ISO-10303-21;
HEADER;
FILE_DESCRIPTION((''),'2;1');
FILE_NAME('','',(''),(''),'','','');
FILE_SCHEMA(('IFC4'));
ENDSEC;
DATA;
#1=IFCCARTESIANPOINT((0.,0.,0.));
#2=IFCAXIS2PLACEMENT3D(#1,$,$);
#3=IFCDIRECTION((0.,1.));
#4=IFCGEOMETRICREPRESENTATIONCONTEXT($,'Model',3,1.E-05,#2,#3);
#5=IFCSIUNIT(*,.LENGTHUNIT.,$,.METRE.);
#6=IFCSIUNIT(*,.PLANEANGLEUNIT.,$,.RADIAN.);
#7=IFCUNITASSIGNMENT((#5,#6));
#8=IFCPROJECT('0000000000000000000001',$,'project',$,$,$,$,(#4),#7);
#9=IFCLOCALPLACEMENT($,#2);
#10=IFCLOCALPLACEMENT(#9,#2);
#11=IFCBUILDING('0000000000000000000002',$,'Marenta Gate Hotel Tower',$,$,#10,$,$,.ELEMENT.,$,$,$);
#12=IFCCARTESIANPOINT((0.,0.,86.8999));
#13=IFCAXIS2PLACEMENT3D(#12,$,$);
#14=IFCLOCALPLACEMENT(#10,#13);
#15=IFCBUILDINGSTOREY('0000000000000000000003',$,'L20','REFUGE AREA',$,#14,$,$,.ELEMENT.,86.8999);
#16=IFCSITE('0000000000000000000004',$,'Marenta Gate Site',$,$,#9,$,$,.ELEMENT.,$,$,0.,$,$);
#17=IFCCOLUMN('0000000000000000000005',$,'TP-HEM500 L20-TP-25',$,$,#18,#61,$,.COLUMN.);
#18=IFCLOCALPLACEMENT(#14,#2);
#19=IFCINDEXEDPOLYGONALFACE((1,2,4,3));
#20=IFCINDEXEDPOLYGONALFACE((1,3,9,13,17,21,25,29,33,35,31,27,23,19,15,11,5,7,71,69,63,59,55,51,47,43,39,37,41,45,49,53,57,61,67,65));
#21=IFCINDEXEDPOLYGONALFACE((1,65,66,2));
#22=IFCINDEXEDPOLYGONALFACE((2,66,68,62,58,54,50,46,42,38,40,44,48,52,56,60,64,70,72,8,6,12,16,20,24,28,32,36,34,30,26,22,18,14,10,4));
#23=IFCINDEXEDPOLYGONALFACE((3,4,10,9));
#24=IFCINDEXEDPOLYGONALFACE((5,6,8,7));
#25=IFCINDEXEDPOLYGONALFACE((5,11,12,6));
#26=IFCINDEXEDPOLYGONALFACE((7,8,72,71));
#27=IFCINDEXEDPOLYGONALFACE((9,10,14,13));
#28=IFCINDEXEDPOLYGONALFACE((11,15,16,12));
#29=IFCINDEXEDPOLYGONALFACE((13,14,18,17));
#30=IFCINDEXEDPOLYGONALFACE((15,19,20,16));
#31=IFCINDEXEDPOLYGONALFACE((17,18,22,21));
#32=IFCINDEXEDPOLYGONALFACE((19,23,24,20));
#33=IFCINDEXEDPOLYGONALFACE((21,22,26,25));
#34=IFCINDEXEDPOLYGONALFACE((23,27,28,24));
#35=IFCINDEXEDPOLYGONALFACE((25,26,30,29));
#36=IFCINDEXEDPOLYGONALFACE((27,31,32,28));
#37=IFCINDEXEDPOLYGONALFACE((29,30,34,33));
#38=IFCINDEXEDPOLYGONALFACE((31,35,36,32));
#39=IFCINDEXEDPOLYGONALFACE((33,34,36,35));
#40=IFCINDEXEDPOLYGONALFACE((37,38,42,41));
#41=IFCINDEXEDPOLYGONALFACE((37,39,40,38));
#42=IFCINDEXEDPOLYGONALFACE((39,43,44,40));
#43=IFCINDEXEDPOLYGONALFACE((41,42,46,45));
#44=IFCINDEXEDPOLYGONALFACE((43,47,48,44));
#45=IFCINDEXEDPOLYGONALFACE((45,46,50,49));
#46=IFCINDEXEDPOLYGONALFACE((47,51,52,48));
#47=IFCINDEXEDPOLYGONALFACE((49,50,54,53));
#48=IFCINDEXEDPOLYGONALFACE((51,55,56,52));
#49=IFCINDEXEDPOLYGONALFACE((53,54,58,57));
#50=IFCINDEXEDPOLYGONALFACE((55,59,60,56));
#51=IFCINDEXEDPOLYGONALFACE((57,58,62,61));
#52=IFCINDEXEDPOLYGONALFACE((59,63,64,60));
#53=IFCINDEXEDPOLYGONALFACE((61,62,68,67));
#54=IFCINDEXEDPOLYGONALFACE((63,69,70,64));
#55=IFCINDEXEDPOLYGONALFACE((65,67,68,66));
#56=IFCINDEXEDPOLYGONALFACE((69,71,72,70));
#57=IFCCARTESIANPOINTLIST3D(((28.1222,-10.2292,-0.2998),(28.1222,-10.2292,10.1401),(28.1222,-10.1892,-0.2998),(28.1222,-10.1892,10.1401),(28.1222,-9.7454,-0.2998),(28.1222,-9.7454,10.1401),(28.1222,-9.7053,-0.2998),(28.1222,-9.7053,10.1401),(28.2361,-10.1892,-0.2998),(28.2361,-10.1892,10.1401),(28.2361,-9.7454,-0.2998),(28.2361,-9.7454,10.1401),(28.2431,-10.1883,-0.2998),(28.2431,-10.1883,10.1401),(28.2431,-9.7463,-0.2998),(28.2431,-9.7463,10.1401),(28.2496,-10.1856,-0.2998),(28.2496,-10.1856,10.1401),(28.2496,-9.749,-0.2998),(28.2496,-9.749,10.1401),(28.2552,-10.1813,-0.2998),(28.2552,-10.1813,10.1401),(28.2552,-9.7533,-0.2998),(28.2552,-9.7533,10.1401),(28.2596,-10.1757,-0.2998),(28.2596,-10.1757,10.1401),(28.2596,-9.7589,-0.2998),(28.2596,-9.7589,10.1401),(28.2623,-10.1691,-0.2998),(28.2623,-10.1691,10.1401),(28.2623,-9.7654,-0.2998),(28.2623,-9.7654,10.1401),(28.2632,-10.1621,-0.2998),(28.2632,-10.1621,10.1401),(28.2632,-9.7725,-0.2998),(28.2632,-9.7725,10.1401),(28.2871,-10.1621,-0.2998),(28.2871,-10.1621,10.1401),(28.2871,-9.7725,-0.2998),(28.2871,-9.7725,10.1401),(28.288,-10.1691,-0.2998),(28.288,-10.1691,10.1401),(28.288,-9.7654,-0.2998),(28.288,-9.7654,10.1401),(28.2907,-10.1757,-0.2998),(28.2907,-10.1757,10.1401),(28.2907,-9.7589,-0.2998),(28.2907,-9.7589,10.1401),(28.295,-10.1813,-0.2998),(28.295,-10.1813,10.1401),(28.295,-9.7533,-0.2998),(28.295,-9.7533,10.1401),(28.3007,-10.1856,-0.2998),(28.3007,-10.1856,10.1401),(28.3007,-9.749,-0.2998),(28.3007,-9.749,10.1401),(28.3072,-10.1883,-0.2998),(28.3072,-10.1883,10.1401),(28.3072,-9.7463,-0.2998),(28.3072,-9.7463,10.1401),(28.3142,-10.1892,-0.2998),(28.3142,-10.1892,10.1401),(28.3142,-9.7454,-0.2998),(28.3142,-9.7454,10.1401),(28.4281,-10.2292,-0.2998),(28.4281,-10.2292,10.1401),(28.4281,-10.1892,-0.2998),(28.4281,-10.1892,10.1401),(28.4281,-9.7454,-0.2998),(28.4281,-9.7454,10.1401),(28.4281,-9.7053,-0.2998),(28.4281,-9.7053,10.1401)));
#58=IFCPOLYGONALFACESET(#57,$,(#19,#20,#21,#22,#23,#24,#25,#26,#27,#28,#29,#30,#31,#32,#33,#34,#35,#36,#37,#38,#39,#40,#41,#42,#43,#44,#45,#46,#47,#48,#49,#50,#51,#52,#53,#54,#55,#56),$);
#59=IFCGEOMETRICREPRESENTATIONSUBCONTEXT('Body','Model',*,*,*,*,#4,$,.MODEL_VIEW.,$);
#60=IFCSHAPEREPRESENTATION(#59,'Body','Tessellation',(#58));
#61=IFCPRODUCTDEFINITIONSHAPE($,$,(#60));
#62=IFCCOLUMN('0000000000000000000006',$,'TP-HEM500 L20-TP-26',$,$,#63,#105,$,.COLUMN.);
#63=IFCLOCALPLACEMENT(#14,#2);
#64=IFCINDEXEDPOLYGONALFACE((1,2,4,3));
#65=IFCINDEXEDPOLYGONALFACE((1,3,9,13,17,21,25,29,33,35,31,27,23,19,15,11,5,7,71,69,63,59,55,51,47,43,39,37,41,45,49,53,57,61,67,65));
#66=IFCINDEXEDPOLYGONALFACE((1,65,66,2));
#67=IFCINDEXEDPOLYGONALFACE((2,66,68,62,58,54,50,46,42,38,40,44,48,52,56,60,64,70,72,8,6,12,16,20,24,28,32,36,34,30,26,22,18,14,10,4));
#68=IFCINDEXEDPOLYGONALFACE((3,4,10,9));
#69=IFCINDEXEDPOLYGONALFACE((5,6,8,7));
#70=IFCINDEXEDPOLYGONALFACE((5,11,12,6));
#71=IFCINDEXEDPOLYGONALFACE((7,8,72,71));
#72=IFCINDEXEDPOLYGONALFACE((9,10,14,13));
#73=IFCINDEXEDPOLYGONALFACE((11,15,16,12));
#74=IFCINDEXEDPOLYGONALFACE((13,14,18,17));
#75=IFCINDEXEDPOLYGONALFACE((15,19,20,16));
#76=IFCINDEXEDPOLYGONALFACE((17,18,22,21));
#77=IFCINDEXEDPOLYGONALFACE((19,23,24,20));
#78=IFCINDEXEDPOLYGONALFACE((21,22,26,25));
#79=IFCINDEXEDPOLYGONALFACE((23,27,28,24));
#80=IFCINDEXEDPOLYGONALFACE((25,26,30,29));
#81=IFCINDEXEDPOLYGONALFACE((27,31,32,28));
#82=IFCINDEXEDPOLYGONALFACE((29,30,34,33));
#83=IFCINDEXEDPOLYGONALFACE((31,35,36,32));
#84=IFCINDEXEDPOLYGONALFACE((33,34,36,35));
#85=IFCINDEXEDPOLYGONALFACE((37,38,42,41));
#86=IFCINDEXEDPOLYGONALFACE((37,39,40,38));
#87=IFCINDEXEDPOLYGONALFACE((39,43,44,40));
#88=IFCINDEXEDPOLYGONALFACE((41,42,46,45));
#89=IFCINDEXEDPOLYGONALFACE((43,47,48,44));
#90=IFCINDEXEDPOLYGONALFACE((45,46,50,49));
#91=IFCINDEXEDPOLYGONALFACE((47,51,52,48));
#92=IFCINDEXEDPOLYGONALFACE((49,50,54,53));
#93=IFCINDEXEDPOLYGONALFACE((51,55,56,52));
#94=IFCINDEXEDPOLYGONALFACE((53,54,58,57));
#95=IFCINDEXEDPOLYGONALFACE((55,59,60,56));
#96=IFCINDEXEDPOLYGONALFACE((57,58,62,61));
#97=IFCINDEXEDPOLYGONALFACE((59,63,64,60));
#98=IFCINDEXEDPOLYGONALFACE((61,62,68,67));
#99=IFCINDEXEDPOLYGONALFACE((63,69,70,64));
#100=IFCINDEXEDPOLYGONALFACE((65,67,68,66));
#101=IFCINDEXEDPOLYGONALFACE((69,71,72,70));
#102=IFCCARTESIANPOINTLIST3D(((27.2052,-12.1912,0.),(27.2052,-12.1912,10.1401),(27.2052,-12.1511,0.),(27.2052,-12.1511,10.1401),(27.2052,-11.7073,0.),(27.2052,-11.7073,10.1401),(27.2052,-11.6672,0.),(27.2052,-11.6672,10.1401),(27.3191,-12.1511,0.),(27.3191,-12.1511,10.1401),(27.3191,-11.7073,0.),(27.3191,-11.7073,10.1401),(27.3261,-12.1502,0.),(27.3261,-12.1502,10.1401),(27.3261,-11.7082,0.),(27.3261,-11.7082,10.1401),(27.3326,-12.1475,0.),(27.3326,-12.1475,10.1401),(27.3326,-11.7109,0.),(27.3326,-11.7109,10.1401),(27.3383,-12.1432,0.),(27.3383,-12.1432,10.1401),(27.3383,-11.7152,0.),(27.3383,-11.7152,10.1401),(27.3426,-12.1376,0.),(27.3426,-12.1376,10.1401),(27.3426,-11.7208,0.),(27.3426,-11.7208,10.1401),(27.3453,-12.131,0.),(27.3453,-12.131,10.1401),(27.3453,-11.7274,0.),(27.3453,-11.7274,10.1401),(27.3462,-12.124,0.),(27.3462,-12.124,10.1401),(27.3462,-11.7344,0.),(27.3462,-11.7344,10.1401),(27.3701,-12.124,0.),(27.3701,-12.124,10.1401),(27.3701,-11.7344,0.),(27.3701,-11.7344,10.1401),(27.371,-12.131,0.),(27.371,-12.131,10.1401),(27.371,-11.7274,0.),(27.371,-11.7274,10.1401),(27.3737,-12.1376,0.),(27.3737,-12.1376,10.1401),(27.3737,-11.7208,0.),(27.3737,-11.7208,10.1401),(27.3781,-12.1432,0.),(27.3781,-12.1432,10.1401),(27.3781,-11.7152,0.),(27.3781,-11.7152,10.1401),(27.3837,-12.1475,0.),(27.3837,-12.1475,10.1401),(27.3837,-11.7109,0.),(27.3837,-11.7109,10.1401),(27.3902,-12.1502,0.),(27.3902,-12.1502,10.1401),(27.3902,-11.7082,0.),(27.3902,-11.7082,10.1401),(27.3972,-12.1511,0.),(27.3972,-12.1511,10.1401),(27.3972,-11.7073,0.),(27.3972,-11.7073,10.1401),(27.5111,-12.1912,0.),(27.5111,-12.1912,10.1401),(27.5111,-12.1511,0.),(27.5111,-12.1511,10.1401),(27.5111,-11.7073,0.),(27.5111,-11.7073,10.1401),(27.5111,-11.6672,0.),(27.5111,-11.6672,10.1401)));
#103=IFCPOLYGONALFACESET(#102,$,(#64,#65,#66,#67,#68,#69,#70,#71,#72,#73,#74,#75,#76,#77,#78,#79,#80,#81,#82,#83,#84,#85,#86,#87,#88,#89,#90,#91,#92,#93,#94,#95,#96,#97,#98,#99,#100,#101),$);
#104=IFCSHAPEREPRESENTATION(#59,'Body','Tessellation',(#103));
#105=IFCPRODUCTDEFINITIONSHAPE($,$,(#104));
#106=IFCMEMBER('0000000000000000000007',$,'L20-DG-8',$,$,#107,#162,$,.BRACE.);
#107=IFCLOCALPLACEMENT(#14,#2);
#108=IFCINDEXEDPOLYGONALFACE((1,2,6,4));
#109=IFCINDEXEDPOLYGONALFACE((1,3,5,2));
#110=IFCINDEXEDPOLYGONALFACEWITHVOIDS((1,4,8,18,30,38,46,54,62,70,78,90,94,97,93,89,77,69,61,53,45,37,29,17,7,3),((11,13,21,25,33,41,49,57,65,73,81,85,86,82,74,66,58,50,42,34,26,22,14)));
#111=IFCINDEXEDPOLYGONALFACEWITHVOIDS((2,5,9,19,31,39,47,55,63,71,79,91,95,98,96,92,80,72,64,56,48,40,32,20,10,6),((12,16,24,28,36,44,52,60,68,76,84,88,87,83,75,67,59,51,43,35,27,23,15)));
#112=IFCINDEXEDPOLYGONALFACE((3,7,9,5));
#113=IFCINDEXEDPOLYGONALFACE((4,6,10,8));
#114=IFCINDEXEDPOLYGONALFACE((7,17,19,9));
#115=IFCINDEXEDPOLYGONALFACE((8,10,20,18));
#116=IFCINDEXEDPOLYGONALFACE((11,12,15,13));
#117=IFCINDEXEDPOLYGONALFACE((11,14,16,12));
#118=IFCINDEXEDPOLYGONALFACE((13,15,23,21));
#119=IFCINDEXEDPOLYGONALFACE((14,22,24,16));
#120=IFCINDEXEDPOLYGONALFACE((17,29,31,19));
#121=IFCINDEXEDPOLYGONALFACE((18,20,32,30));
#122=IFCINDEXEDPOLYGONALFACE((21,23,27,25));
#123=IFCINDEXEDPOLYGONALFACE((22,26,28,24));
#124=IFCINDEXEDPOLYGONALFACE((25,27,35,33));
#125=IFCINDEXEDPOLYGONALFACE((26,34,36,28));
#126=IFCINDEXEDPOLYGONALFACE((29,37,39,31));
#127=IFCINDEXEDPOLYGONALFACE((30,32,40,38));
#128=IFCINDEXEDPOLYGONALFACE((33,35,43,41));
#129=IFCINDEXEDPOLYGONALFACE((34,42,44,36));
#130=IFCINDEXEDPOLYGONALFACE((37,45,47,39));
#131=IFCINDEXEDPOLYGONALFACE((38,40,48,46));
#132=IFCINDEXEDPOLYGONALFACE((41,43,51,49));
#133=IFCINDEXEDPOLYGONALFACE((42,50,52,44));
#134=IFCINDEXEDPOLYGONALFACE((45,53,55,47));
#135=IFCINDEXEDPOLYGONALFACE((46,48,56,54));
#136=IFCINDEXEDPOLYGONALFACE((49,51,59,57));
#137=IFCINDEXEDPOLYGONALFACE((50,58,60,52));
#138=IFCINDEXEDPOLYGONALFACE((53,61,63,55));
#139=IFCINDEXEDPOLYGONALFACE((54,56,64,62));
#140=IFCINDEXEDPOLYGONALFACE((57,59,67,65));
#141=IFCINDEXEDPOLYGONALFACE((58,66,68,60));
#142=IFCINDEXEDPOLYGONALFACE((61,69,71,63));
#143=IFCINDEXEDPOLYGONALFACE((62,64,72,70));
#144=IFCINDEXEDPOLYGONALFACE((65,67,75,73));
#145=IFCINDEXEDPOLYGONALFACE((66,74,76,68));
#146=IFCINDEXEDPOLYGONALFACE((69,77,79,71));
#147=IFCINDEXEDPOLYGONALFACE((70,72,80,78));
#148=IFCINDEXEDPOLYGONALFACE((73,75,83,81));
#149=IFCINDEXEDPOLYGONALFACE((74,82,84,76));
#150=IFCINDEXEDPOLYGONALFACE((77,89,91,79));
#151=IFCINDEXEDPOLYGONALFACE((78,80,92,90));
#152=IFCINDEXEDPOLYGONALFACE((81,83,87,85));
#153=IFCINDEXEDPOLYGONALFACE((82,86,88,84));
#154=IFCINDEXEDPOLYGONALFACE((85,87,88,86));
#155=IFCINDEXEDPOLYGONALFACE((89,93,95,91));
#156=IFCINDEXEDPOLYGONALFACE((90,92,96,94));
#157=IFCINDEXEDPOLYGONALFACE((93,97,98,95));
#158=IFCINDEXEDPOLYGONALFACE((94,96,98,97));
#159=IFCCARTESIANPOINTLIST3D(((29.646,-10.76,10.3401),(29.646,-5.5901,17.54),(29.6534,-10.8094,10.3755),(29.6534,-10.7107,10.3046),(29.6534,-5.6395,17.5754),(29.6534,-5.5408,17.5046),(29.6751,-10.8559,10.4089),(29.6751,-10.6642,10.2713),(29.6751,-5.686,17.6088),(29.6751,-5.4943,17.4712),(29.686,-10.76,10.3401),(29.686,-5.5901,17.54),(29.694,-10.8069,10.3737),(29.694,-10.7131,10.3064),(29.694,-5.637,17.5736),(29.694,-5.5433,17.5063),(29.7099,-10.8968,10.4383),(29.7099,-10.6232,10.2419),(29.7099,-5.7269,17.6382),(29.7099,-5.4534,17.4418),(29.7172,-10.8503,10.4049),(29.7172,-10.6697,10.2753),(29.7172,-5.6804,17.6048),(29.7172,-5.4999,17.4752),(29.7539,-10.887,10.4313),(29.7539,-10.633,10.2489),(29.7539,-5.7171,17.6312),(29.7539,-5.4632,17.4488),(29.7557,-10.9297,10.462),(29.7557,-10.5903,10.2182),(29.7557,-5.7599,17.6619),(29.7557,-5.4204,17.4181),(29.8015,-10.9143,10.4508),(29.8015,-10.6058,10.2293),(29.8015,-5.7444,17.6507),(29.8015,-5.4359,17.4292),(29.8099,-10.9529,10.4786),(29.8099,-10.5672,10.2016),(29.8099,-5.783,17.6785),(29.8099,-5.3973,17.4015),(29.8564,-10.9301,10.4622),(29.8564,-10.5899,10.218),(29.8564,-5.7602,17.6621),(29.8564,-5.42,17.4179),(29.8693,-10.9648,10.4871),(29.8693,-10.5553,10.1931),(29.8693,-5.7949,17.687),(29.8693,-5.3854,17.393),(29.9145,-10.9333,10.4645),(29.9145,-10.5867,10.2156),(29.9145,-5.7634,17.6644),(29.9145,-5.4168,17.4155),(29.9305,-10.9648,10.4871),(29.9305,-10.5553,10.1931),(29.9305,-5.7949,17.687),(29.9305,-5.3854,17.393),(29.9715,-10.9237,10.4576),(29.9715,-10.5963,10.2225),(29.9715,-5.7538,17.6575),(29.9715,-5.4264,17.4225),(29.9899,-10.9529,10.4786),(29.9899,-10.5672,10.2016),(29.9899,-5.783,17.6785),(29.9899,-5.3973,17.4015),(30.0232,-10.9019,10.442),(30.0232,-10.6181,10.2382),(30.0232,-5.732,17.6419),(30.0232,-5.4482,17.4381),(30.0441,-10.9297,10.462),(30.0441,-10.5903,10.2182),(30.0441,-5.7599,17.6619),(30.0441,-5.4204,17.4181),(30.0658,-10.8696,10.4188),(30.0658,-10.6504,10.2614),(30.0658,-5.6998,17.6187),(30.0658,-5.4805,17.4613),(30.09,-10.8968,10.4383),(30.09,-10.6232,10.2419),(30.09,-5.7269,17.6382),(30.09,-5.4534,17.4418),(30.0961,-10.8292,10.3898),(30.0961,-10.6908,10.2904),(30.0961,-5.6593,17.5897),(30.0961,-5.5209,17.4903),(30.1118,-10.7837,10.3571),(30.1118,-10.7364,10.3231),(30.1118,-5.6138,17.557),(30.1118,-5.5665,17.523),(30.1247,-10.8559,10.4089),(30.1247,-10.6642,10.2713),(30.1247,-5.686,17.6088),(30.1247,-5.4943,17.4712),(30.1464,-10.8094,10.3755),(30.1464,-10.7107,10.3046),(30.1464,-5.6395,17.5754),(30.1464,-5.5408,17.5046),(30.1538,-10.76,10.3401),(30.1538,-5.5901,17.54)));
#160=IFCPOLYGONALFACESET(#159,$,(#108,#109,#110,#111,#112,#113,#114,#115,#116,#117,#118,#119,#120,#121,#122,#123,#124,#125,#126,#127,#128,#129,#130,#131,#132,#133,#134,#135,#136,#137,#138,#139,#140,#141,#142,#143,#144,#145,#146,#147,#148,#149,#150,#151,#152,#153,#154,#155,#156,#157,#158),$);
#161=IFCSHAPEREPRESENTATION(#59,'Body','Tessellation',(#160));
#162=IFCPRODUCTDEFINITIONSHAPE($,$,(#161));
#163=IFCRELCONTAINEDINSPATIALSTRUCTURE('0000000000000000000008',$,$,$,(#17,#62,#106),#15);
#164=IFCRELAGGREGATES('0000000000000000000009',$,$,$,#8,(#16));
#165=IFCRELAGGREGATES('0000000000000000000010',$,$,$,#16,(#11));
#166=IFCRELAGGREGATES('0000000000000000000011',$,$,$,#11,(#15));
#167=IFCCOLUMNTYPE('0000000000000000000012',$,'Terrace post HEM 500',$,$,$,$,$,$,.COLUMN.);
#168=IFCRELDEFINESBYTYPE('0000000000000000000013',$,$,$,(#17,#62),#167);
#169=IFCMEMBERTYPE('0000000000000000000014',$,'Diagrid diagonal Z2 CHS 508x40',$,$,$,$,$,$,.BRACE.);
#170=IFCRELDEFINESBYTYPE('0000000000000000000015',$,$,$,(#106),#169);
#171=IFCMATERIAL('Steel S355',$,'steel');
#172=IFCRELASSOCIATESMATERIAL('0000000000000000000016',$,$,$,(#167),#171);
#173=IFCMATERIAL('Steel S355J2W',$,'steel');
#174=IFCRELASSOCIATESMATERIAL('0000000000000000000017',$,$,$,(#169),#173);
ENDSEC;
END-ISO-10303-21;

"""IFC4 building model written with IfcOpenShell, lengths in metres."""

from ifc_helpers import new_model, si_unit, direction, frame, origin, origin_2d, place, context, subcontext, project, spatial, hollow_circle, i_section, extrude, material, material_profile, profile_set, type_object, element, save


model = new_model("IFC4")

# Units and contexts
model_context = context("Model", 3, precision=1e-05, world=origin(), true_north=direction((0.0, 1.0)))
body_context = subcontext(model_context, "Body", "Model", "MODEL_VIEW")
ifc_project = project(units=[si_unit("LENGTHUNIT", "METRE"), si_unit("PLANEANGLEUNIT", "RADIAN")], contexts=[model_context])

# Site, building, storey
site_placement = place(None, origin())
site = spatial("IfcSite", under=ifc_project, at=site_placement, Name="Marenta Gate Site", CompositionType="ELEMENT", RefElevation=0.0)
building_placement = place(site_placement, origin())
building = spatial("IfcBuilding", under=site, at=building_placement, Name="Marenta Gate Hotel Tower", CompositionType="ELEMENT")
storey_placement = place(building_placement, frame((0.0, 0.0, 86.8999)))
storey = spatial("IfcBuildingStorey", under=building, at=storey_placement, Name="L20", Description="REFUGE AREA", CompositionType="ELEMENT", Elevation=86.8999)

# Columns
ifc_material_1 = material(Name="Steel S355", Category="steel")
ifc_material_profile_1 = material_profile(ifc_material_1, i_section(OverallWidth=0.3059, OverallDepth=0.5239, WebThickness=0.0239, FlangeThickness=0.04, FilletRadius=0.0271, at=origin_2d()), Name="HEM 500")
ifc_profile_set_1 = profile_set([ifc_material_profile_1], Name="Steel S355")
column_type = type_object("IfcColumnType", Name="Terrace post HEM 500", PredefinedType="COLUMN", material=ifc_profile_set_1)
column_1_placement = place(storey_placement, frame((28.2751, -9.9673, -0.2998), z_axis=(0.0, 0.0, 1.0), x_axis=(1.0, 0.0, 0.0)))
element("IfcColumn", 1, at=column_1_placement, inside=storey, type_object=column_type, Name="TP-HEM500 L20-TP-25", PredefinedType="COLUMN", context=body_context, shape_type="SweptSolid", body=[
    extrude(i_section(OverallWidth=0.3059, OverallDepth=0.5239, WebThickness=0.0239, FlangeThickness=0.04, FilletRadius=0.0271, at=origin_2d()), origin(), (0.0, 0.0, 1.0), 10.4399),
])
column_2_placement = place(storey_placement, frame((27.3582, -11.9292, 0.0), z_axis=(0.0, 0.0, 1.0), x_axis=(1.0, 0.0, 0.0)))
element("IfcColumn", 2, at=column_2_placement, inside=storey, type_object=column_type, Name="TP-HEM500 L20-TP-26", PredefinedType="COLUMN", context=body_context, shape_type="SweptSolid", body=[
    extrude(i_section(OverallWidth=0.3059, OverallDepth=0.5239, WebThickness=0.0239, FlangeThickness=0.04, FilletRadius=0.0271, at=origin_2d()), origin(), (0.0, 0.0, 1.0), 10.1401),
])

# Member
ifc_material_2 = material(Name="Steel S355J2W", Category="steel")
ifc_material_profile_2 = material_profile(ifc_material_2, hollow_circle(Radius=0.2539, WallThickness=0.04, at=origin_2d()), Name="CHS 508x40")
ifc_profile_set_2 = profile_set([ifc_material_profile_2], Name="Steel S355J2W")
member_type_1 = type_object("IfcMemberType", Name="Diagrid diagonal Z2 CHS 508x40", PredefinedType="BRACE", material=ifc_profile_set_2)
member_1_placement = place(storey_placement, frame((29.8999, -10.76, 10.3401), z_axis=(0.0, 0.583261, 0.812285), x_axis=(-1.0, 0.0, 0.0)))
element("IfcMember", 3, at=member_1_placement, inside=storey, type_object=member_type_1, Name="L20-DG-8", PredefinedType="BRACE", context=body_context, shape_type="SweptSolid", body=[
    extrude(hollow_circle(Radius=0.2539, WallThickness=0.04, at=origin_2d()), origin(), (0.0, 0.0, 1.0), 8.8638),
])

save(model, "model.ifc")
